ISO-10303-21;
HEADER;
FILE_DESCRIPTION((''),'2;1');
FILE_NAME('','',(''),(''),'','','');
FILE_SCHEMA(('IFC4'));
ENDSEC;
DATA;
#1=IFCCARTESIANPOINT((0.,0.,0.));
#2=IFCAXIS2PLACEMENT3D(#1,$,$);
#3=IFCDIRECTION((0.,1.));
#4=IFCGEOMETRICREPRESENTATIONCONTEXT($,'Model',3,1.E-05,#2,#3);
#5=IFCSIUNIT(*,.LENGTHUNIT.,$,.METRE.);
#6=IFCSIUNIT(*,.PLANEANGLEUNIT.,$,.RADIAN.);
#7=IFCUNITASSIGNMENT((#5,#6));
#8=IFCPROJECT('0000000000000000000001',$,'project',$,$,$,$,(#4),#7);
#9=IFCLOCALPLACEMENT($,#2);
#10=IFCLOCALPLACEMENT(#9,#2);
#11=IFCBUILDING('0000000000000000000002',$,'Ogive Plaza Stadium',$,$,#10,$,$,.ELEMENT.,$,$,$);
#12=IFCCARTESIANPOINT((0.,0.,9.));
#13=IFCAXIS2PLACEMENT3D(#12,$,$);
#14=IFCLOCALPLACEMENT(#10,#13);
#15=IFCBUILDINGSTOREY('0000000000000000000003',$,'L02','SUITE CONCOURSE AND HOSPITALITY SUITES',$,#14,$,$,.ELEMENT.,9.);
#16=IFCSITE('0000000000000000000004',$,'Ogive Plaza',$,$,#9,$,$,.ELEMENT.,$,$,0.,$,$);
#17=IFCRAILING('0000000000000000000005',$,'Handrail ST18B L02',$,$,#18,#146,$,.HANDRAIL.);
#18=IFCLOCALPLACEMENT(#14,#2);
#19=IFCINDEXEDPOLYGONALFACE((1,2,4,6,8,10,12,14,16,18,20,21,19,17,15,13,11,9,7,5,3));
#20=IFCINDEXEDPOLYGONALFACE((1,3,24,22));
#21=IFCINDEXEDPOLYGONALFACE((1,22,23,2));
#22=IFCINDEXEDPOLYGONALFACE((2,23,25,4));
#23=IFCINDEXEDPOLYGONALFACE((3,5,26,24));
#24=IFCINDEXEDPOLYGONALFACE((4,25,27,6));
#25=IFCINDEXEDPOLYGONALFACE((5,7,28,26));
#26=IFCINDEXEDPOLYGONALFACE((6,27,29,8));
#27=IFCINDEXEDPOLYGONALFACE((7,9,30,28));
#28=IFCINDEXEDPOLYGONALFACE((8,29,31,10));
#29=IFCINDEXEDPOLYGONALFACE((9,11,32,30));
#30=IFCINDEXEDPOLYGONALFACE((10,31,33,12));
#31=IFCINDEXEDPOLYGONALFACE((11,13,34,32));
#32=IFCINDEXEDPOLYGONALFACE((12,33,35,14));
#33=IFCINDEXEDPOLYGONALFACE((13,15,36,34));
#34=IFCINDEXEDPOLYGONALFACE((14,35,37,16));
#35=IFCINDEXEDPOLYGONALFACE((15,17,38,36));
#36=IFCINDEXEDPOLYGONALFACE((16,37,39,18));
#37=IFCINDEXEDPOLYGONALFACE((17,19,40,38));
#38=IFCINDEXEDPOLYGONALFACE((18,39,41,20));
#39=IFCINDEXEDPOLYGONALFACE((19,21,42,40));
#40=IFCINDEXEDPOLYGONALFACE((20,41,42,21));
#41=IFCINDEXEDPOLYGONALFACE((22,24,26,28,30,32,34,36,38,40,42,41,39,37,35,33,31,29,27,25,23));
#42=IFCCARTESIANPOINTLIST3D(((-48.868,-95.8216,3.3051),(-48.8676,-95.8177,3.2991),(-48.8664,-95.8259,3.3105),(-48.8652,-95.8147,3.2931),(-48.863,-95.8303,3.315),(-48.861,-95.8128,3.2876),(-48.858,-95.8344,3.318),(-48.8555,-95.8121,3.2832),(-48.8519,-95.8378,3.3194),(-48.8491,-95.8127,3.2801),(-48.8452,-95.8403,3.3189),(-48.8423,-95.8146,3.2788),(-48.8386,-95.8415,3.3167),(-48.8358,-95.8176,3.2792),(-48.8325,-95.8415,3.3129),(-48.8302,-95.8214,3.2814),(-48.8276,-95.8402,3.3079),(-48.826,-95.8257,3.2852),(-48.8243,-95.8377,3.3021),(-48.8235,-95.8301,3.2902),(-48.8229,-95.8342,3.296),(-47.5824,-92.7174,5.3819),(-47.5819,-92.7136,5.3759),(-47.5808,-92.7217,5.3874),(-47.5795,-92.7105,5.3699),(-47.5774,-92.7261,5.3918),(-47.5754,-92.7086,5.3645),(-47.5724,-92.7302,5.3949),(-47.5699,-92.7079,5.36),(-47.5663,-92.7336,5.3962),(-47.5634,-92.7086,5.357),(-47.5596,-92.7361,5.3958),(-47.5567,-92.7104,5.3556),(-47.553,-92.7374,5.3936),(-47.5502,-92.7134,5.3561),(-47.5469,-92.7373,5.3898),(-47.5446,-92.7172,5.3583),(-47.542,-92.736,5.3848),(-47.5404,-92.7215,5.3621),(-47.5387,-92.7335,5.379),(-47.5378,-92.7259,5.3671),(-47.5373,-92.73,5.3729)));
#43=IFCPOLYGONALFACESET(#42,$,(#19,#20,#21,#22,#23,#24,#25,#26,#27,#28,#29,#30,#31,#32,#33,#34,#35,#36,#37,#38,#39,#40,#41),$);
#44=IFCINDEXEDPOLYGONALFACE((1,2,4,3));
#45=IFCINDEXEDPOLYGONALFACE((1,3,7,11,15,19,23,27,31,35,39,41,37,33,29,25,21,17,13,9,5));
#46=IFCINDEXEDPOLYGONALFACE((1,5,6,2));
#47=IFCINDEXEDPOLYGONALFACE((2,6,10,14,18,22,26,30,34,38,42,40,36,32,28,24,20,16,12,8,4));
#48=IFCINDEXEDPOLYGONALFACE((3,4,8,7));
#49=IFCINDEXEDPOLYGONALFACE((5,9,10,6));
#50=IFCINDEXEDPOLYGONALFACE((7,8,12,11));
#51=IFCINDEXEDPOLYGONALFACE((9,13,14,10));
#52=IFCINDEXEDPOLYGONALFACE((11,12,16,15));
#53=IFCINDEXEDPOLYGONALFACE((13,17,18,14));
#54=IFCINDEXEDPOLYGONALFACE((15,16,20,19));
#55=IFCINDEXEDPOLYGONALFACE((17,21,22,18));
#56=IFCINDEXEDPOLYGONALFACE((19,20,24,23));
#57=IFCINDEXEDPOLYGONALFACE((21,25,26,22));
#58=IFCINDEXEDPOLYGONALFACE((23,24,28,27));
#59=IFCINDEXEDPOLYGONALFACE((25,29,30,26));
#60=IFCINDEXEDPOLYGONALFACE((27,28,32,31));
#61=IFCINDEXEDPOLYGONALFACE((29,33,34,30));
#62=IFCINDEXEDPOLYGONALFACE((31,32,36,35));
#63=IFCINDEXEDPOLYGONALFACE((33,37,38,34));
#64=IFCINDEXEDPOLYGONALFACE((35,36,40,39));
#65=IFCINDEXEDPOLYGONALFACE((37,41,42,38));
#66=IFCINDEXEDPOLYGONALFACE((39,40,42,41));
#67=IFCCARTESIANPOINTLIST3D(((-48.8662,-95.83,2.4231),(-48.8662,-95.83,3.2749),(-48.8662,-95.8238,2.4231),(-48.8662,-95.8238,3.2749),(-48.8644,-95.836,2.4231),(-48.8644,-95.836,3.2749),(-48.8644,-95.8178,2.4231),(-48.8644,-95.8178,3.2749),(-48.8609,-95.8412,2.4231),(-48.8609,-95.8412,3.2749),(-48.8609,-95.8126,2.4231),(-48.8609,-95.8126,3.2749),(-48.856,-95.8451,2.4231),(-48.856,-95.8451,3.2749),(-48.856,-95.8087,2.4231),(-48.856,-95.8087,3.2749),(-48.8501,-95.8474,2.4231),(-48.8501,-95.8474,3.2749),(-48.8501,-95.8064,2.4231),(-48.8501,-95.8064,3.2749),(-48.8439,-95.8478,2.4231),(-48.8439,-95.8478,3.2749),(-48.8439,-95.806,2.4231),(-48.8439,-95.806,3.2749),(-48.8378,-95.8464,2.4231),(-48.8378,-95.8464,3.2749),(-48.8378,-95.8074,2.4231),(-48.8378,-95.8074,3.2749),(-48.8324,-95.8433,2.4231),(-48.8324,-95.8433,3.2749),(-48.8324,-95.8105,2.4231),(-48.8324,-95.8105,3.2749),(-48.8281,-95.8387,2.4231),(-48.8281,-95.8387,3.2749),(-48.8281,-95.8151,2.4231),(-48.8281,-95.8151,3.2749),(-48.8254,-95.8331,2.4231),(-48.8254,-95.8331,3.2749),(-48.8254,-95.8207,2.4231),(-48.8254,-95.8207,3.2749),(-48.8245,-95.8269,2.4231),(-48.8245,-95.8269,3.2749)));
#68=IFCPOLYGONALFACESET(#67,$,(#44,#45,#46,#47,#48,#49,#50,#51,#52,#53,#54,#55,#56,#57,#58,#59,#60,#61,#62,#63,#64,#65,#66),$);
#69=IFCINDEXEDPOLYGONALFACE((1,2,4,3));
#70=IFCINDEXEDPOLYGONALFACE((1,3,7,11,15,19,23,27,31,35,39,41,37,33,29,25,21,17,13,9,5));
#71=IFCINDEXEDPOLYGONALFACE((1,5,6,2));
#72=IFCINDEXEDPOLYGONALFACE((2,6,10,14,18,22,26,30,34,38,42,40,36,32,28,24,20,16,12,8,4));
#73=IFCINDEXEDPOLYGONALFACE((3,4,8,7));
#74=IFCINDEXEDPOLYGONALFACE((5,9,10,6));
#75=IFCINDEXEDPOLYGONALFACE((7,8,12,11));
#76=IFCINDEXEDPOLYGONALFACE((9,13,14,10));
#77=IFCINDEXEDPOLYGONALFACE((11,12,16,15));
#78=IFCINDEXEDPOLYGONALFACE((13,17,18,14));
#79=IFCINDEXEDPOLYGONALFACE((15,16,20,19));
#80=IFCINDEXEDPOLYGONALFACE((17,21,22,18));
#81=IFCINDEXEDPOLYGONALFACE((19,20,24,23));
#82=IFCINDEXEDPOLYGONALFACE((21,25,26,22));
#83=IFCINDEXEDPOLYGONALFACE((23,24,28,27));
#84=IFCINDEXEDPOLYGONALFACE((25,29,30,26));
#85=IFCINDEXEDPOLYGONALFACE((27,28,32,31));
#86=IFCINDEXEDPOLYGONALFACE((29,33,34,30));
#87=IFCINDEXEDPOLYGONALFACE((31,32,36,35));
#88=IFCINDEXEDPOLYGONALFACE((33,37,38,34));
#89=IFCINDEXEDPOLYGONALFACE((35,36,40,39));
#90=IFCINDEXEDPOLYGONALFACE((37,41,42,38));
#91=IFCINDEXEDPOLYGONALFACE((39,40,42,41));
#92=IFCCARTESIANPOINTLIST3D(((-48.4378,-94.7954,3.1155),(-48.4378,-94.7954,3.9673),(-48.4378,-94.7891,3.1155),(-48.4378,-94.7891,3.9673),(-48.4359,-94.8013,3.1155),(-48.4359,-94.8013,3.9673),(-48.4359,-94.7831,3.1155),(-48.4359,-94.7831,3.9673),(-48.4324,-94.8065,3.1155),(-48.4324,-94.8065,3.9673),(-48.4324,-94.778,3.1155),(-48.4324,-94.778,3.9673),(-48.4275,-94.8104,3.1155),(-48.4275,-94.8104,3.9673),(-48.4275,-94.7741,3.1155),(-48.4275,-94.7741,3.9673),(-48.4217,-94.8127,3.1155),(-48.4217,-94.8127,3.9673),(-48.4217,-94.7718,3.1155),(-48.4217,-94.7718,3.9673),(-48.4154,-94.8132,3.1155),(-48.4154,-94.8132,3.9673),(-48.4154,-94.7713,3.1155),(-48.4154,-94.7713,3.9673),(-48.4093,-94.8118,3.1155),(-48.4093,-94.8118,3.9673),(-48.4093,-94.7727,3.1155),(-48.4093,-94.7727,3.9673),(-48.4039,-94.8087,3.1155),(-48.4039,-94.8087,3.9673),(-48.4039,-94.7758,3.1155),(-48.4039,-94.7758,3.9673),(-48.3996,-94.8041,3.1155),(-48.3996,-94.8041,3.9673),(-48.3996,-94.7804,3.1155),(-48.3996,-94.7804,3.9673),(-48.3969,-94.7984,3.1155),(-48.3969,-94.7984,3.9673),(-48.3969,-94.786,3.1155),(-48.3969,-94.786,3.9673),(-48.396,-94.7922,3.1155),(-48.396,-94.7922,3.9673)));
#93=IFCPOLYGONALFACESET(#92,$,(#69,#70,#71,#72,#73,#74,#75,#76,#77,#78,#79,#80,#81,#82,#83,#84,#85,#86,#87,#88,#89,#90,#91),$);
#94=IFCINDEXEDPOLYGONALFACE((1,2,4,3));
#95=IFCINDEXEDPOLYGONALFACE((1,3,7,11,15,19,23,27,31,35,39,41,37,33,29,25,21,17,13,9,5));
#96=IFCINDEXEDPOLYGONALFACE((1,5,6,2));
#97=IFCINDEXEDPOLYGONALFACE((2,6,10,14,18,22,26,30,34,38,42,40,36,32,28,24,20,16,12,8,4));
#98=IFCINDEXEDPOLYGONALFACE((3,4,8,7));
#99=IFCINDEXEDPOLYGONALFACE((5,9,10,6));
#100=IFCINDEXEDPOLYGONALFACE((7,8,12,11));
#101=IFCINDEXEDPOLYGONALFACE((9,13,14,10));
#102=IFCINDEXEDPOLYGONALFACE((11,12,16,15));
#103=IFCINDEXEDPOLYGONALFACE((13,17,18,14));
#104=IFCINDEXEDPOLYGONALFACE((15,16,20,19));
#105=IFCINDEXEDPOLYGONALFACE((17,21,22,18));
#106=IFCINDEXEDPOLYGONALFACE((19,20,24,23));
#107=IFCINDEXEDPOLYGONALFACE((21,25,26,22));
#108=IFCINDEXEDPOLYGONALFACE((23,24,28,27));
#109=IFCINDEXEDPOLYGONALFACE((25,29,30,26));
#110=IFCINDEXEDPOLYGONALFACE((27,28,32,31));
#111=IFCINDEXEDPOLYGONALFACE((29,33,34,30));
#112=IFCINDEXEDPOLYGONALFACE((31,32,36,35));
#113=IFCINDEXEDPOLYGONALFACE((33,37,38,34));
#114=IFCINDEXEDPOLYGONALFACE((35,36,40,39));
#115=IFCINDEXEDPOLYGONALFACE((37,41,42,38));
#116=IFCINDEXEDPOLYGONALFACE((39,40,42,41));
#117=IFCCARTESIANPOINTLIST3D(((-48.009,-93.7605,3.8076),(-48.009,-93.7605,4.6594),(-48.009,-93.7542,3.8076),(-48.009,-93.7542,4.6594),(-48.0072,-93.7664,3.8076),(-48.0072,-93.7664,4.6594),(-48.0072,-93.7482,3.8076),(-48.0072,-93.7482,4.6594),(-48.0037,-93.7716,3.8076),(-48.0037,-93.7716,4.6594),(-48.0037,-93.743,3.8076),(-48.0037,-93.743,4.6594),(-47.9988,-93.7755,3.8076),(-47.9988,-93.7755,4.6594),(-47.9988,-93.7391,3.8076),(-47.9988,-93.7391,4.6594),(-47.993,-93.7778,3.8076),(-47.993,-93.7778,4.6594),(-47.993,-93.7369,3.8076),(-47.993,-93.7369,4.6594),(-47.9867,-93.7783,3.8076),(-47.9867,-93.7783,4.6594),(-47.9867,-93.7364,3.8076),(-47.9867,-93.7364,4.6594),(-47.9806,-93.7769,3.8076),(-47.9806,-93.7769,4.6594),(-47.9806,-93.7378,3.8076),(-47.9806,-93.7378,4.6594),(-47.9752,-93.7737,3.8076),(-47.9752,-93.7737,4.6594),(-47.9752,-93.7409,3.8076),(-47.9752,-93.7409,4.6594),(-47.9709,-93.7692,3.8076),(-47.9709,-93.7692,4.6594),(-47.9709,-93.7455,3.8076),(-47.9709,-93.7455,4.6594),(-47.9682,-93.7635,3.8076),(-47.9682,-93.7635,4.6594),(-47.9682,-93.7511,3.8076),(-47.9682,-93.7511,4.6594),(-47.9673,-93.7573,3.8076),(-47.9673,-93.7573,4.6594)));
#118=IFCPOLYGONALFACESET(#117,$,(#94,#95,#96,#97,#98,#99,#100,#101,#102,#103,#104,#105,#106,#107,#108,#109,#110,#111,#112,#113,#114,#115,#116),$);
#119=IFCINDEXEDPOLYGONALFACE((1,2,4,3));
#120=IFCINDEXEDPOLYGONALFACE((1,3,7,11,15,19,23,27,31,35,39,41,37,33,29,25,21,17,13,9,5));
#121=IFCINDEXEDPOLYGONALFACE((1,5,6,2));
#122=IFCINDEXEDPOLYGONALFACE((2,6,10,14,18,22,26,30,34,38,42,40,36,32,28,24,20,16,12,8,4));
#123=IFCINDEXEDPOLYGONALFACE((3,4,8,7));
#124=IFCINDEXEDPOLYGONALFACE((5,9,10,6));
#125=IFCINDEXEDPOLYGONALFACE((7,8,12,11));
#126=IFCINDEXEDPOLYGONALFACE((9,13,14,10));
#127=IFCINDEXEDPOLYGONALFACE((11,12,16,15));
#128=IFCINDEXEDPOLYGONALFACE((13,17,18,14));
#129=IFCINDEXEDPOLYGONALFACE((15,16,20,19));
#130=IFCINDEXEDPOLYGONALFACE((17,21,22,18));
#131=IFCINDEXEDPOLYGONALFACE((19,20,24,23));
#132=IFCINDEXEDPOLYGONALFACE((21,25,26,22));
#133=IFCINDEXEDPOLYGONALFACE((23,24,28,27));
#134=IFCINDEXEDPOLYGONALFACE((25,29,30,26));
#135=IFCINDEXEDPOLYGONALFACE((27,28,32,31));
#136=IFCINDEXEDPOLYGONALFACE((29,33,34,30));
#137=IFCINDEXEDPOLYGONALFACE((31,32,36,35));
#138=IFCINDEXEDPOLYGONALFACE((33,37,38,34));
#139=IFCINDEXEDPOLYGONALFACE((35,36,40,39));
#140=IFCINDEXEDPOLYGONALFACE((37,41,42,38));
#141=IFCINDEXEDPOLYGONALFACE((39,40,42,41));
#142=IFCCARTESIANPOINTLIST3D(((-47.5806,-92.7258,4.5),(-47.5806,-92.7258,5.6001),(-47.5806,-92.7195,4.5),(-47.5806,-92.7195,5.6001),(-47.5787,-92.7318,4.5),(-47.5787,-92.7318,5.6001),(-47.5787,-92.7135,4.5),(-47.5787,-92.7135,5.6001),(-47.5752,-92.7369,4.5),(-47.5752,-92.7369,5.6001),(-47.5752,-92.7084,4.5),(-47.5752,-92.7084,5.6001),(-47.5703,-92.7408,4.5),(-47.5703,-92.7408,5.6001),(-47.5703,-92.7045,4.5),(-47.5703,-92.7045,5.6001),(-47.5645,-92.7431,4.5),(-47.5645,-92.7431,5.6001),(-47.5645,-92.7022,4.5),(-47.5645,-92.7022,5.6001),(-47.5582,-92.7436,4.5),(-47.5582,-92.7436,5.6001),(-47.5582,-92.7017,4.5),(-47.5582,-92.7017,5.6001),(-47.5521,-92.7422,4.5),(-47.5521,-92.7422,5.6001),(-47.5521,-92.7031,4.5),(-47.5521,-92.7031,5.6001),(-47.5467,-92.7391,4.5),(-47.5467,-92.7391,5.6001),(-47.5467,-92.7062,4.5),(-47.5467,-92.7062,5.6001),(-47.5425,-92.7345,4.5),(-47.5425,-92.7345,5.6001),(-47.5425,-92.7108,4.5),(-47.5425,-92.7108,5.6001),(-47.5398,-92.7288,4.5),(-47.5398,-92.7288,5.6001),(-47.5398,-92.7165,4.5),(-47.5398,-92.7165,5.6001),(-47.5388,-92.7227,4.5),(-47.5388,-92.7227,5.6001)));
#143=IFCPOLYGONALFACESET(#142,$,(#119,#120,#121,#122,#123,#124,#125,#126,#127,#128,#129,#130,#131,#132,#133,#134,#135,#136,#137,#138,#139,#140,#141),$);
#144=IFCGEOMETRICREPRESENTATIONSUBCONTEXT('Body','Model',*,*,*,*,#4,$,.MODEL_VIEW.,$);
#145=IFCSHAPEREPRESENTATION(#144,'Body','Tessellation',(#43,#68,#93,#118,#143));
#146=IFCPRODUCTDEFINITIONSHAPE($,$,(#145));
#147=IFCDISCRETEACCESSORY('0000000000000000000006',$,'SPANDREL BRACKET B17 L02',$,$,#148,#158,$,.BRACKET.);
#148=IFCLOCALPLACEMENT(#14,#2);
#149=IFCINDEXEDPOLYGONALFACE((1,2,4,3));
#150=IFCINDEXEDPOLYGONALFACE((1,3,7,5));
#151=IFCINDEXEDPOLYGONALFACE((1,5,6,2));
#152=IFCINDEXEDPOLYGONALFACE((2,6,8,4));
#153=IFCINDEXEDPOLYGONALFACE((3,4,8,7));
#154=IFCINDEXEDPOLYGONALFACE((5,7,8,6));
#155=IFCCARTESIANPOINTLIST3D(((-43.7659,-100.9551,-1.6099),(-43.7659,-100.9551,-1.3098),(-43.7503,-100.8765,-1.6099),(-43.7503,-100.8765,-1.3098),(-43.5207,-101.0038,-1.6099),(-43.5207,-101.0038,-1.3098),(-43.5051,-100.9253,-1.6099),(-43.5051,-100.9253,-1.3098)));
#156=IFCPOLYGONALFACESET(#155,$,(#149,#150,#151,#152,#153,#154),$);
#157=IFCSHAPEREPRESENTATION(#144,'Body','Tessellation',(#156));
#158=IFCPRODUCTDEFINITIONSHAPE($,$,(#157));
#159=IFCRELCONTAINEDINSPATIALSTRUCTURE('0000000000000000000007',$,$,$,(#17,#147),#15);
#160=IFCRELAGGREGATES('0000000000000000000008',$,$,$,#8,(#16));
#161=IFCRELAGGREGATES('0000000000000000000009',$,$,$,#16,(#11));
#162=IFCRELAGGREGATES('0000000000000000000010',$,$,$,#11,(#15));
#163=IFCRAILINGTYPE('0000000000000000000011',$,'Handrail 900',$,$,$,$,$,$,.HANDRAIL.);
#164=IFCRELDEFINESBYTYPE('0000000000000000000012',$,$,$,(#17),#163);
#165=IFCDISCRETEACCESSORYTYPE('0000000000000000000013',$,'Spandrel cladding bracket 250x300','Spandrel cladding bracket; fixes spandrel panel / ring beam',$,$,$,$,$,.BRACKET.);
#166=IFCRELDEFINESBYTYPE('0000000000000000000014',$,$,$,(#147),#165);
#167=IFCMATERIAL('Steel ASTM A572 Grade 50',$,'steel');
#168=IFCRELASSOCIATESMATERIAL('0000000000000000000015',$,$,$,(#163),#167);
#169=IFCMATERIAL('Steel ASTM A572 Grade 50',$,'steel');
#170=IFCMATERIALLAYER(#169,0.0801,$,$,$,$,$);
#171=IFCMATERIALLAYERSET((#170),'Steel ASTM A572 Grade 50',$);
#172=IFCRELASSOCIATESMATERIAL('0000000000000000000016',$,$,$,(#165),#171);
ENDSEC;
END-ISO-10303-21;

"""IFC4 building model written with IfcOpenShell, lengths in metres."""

from ifc_helpers import new_model, si_unit, direction, frame, origin, origin_2d, place, context, subcontext, project, spatial, rectangle, circle, extrude, material, layer, layer_set, type_object, element, save


model = new_model("IFC4")

# Units and contexts
model_context = context("Model", 3, precision=1e-05, world=origin(), true_north=direction((0.0, 1.0)))
body_context = subcontext(model_context, "Body", "Model", "MODEL_VIEW")
ifc_project = project(units=[si_unit("LENGTHUNIT", "METRE"), si_unit("PLANEANGLEUNIT", "RADIAN")], contexts=[model_context])

# Site, building, storey
site_placement = place(None, origin())
site = spatial("IfcSite", under=ifc_project, at=site_placement, Name="Ogive Plaza", CompositionType="ELEMENT", RefElevation=0.0)
building_placement = place(site_placement, origin())
building = spatial("IfcBuilding", under=site, at=building_placement, Name="Ogive Plaza Stadium", CompositionType="ELEMENT")
storey_placement = place(building_placement, frame((0.0, 0.0, 9.0)))
storey = spatial("IfcBuildingStorey", under=building, at=storey_placement, Name="L02", Description="SUITE CONCOURSE AND HOSPITALITY SUITES", CompositionType="ELEMENT", Elevation=9.0)

# Railing
ifc_material_1 = material(Name="Steel ASTM A572 Grade 50", Category="steel")
railing_type = type_object("IfcRailingType", Name="Handrail 900", PredefinedType="HANDRAIL", material=ifc_material_1)
railing_placement = place(storey_placement, frame((-48.8455, -95.8269, 2.4231)))
element("IfcRailing", 1, at=railing_placement, inside=storey, type_object=railing_type, Name="Handrail ST18B L02", PredefinedType="HANDRAIL", context=body_context, shape_type="SweptSolid", body=[
    extrude(circle(Radius=0.0239, at=origin_2d()), frame((0.0, 0.0, 0.876), z_axis=(0.325477, 0.785879, 0.525794), x_axis=(-0.923898, 0.382638, 0.0)), (0.0, 0.0, 1.0), 3.95),
    extrude(circle(Radius=0.021, at=origin_2d()), origin(), (0.0, 0.0, 1.0), 0.8518),
    extrude(circle(Radius=0.021, at=origin_2d()), frame((0.4285, 1.0347, 0.6924)), (0.0, 0.0, 1.0), 0.8518),
    extrude(circle(Radius=0.021, at=origin_2d()), frame((0.8572, 2.0696, 1.3845)), (0.0, 0.0, 1.0), 0.8518),
    extrude(circle(Radius=0.021, at=origin_2d()), frame((1.2856, 3.1042, 2.0769)), (0.0, 0.0, 1.0), 1.1001),
])

# Discrete accessory
ifc_material_2 = material(Name="Steel ASTM A572 Grade 50", Category="steel")
ifc_layer_1 = layer(ifc_material_2, 0.0801)
ifc_layer_set_1 = layer_set([ifc_layer_1], Name="Steel ASTM A572 Grade 50")
discrete_accessory_type = type_object("IfcDiscreteAccessoryType", Name="Spandrel cladding bracket 250x300", Description="Spandrel cladding bracket; fixes spandrel panel / ring beam", PredefinedType="BRACKET", material=ifc_layer_set_1)
discrete_accessory_placement = place(storey_placement, frame((-43.6355, -100.9402, -1.6099), z_axis=(0.0, 0.0, 1.0), x_axis=(-0.980785, 0.19509, 0.0)))
element("IfcDiscreteAccessory", 2, at=discrete_accessory_placement, inside=storey, type_object=discrete_accessory_type, Name="SPANDREL BRACKET B17 L02", PredefinedType="BRACKET", context=body_context, shape_type="SweptSolid", body=[
    extrude(rectangle(XDim=0.25, YDim=0.0801, at=origin_2d()), origin(), (0.0, 0.0, 1.0), 0.3),
])

save(model, "model.ifc")
